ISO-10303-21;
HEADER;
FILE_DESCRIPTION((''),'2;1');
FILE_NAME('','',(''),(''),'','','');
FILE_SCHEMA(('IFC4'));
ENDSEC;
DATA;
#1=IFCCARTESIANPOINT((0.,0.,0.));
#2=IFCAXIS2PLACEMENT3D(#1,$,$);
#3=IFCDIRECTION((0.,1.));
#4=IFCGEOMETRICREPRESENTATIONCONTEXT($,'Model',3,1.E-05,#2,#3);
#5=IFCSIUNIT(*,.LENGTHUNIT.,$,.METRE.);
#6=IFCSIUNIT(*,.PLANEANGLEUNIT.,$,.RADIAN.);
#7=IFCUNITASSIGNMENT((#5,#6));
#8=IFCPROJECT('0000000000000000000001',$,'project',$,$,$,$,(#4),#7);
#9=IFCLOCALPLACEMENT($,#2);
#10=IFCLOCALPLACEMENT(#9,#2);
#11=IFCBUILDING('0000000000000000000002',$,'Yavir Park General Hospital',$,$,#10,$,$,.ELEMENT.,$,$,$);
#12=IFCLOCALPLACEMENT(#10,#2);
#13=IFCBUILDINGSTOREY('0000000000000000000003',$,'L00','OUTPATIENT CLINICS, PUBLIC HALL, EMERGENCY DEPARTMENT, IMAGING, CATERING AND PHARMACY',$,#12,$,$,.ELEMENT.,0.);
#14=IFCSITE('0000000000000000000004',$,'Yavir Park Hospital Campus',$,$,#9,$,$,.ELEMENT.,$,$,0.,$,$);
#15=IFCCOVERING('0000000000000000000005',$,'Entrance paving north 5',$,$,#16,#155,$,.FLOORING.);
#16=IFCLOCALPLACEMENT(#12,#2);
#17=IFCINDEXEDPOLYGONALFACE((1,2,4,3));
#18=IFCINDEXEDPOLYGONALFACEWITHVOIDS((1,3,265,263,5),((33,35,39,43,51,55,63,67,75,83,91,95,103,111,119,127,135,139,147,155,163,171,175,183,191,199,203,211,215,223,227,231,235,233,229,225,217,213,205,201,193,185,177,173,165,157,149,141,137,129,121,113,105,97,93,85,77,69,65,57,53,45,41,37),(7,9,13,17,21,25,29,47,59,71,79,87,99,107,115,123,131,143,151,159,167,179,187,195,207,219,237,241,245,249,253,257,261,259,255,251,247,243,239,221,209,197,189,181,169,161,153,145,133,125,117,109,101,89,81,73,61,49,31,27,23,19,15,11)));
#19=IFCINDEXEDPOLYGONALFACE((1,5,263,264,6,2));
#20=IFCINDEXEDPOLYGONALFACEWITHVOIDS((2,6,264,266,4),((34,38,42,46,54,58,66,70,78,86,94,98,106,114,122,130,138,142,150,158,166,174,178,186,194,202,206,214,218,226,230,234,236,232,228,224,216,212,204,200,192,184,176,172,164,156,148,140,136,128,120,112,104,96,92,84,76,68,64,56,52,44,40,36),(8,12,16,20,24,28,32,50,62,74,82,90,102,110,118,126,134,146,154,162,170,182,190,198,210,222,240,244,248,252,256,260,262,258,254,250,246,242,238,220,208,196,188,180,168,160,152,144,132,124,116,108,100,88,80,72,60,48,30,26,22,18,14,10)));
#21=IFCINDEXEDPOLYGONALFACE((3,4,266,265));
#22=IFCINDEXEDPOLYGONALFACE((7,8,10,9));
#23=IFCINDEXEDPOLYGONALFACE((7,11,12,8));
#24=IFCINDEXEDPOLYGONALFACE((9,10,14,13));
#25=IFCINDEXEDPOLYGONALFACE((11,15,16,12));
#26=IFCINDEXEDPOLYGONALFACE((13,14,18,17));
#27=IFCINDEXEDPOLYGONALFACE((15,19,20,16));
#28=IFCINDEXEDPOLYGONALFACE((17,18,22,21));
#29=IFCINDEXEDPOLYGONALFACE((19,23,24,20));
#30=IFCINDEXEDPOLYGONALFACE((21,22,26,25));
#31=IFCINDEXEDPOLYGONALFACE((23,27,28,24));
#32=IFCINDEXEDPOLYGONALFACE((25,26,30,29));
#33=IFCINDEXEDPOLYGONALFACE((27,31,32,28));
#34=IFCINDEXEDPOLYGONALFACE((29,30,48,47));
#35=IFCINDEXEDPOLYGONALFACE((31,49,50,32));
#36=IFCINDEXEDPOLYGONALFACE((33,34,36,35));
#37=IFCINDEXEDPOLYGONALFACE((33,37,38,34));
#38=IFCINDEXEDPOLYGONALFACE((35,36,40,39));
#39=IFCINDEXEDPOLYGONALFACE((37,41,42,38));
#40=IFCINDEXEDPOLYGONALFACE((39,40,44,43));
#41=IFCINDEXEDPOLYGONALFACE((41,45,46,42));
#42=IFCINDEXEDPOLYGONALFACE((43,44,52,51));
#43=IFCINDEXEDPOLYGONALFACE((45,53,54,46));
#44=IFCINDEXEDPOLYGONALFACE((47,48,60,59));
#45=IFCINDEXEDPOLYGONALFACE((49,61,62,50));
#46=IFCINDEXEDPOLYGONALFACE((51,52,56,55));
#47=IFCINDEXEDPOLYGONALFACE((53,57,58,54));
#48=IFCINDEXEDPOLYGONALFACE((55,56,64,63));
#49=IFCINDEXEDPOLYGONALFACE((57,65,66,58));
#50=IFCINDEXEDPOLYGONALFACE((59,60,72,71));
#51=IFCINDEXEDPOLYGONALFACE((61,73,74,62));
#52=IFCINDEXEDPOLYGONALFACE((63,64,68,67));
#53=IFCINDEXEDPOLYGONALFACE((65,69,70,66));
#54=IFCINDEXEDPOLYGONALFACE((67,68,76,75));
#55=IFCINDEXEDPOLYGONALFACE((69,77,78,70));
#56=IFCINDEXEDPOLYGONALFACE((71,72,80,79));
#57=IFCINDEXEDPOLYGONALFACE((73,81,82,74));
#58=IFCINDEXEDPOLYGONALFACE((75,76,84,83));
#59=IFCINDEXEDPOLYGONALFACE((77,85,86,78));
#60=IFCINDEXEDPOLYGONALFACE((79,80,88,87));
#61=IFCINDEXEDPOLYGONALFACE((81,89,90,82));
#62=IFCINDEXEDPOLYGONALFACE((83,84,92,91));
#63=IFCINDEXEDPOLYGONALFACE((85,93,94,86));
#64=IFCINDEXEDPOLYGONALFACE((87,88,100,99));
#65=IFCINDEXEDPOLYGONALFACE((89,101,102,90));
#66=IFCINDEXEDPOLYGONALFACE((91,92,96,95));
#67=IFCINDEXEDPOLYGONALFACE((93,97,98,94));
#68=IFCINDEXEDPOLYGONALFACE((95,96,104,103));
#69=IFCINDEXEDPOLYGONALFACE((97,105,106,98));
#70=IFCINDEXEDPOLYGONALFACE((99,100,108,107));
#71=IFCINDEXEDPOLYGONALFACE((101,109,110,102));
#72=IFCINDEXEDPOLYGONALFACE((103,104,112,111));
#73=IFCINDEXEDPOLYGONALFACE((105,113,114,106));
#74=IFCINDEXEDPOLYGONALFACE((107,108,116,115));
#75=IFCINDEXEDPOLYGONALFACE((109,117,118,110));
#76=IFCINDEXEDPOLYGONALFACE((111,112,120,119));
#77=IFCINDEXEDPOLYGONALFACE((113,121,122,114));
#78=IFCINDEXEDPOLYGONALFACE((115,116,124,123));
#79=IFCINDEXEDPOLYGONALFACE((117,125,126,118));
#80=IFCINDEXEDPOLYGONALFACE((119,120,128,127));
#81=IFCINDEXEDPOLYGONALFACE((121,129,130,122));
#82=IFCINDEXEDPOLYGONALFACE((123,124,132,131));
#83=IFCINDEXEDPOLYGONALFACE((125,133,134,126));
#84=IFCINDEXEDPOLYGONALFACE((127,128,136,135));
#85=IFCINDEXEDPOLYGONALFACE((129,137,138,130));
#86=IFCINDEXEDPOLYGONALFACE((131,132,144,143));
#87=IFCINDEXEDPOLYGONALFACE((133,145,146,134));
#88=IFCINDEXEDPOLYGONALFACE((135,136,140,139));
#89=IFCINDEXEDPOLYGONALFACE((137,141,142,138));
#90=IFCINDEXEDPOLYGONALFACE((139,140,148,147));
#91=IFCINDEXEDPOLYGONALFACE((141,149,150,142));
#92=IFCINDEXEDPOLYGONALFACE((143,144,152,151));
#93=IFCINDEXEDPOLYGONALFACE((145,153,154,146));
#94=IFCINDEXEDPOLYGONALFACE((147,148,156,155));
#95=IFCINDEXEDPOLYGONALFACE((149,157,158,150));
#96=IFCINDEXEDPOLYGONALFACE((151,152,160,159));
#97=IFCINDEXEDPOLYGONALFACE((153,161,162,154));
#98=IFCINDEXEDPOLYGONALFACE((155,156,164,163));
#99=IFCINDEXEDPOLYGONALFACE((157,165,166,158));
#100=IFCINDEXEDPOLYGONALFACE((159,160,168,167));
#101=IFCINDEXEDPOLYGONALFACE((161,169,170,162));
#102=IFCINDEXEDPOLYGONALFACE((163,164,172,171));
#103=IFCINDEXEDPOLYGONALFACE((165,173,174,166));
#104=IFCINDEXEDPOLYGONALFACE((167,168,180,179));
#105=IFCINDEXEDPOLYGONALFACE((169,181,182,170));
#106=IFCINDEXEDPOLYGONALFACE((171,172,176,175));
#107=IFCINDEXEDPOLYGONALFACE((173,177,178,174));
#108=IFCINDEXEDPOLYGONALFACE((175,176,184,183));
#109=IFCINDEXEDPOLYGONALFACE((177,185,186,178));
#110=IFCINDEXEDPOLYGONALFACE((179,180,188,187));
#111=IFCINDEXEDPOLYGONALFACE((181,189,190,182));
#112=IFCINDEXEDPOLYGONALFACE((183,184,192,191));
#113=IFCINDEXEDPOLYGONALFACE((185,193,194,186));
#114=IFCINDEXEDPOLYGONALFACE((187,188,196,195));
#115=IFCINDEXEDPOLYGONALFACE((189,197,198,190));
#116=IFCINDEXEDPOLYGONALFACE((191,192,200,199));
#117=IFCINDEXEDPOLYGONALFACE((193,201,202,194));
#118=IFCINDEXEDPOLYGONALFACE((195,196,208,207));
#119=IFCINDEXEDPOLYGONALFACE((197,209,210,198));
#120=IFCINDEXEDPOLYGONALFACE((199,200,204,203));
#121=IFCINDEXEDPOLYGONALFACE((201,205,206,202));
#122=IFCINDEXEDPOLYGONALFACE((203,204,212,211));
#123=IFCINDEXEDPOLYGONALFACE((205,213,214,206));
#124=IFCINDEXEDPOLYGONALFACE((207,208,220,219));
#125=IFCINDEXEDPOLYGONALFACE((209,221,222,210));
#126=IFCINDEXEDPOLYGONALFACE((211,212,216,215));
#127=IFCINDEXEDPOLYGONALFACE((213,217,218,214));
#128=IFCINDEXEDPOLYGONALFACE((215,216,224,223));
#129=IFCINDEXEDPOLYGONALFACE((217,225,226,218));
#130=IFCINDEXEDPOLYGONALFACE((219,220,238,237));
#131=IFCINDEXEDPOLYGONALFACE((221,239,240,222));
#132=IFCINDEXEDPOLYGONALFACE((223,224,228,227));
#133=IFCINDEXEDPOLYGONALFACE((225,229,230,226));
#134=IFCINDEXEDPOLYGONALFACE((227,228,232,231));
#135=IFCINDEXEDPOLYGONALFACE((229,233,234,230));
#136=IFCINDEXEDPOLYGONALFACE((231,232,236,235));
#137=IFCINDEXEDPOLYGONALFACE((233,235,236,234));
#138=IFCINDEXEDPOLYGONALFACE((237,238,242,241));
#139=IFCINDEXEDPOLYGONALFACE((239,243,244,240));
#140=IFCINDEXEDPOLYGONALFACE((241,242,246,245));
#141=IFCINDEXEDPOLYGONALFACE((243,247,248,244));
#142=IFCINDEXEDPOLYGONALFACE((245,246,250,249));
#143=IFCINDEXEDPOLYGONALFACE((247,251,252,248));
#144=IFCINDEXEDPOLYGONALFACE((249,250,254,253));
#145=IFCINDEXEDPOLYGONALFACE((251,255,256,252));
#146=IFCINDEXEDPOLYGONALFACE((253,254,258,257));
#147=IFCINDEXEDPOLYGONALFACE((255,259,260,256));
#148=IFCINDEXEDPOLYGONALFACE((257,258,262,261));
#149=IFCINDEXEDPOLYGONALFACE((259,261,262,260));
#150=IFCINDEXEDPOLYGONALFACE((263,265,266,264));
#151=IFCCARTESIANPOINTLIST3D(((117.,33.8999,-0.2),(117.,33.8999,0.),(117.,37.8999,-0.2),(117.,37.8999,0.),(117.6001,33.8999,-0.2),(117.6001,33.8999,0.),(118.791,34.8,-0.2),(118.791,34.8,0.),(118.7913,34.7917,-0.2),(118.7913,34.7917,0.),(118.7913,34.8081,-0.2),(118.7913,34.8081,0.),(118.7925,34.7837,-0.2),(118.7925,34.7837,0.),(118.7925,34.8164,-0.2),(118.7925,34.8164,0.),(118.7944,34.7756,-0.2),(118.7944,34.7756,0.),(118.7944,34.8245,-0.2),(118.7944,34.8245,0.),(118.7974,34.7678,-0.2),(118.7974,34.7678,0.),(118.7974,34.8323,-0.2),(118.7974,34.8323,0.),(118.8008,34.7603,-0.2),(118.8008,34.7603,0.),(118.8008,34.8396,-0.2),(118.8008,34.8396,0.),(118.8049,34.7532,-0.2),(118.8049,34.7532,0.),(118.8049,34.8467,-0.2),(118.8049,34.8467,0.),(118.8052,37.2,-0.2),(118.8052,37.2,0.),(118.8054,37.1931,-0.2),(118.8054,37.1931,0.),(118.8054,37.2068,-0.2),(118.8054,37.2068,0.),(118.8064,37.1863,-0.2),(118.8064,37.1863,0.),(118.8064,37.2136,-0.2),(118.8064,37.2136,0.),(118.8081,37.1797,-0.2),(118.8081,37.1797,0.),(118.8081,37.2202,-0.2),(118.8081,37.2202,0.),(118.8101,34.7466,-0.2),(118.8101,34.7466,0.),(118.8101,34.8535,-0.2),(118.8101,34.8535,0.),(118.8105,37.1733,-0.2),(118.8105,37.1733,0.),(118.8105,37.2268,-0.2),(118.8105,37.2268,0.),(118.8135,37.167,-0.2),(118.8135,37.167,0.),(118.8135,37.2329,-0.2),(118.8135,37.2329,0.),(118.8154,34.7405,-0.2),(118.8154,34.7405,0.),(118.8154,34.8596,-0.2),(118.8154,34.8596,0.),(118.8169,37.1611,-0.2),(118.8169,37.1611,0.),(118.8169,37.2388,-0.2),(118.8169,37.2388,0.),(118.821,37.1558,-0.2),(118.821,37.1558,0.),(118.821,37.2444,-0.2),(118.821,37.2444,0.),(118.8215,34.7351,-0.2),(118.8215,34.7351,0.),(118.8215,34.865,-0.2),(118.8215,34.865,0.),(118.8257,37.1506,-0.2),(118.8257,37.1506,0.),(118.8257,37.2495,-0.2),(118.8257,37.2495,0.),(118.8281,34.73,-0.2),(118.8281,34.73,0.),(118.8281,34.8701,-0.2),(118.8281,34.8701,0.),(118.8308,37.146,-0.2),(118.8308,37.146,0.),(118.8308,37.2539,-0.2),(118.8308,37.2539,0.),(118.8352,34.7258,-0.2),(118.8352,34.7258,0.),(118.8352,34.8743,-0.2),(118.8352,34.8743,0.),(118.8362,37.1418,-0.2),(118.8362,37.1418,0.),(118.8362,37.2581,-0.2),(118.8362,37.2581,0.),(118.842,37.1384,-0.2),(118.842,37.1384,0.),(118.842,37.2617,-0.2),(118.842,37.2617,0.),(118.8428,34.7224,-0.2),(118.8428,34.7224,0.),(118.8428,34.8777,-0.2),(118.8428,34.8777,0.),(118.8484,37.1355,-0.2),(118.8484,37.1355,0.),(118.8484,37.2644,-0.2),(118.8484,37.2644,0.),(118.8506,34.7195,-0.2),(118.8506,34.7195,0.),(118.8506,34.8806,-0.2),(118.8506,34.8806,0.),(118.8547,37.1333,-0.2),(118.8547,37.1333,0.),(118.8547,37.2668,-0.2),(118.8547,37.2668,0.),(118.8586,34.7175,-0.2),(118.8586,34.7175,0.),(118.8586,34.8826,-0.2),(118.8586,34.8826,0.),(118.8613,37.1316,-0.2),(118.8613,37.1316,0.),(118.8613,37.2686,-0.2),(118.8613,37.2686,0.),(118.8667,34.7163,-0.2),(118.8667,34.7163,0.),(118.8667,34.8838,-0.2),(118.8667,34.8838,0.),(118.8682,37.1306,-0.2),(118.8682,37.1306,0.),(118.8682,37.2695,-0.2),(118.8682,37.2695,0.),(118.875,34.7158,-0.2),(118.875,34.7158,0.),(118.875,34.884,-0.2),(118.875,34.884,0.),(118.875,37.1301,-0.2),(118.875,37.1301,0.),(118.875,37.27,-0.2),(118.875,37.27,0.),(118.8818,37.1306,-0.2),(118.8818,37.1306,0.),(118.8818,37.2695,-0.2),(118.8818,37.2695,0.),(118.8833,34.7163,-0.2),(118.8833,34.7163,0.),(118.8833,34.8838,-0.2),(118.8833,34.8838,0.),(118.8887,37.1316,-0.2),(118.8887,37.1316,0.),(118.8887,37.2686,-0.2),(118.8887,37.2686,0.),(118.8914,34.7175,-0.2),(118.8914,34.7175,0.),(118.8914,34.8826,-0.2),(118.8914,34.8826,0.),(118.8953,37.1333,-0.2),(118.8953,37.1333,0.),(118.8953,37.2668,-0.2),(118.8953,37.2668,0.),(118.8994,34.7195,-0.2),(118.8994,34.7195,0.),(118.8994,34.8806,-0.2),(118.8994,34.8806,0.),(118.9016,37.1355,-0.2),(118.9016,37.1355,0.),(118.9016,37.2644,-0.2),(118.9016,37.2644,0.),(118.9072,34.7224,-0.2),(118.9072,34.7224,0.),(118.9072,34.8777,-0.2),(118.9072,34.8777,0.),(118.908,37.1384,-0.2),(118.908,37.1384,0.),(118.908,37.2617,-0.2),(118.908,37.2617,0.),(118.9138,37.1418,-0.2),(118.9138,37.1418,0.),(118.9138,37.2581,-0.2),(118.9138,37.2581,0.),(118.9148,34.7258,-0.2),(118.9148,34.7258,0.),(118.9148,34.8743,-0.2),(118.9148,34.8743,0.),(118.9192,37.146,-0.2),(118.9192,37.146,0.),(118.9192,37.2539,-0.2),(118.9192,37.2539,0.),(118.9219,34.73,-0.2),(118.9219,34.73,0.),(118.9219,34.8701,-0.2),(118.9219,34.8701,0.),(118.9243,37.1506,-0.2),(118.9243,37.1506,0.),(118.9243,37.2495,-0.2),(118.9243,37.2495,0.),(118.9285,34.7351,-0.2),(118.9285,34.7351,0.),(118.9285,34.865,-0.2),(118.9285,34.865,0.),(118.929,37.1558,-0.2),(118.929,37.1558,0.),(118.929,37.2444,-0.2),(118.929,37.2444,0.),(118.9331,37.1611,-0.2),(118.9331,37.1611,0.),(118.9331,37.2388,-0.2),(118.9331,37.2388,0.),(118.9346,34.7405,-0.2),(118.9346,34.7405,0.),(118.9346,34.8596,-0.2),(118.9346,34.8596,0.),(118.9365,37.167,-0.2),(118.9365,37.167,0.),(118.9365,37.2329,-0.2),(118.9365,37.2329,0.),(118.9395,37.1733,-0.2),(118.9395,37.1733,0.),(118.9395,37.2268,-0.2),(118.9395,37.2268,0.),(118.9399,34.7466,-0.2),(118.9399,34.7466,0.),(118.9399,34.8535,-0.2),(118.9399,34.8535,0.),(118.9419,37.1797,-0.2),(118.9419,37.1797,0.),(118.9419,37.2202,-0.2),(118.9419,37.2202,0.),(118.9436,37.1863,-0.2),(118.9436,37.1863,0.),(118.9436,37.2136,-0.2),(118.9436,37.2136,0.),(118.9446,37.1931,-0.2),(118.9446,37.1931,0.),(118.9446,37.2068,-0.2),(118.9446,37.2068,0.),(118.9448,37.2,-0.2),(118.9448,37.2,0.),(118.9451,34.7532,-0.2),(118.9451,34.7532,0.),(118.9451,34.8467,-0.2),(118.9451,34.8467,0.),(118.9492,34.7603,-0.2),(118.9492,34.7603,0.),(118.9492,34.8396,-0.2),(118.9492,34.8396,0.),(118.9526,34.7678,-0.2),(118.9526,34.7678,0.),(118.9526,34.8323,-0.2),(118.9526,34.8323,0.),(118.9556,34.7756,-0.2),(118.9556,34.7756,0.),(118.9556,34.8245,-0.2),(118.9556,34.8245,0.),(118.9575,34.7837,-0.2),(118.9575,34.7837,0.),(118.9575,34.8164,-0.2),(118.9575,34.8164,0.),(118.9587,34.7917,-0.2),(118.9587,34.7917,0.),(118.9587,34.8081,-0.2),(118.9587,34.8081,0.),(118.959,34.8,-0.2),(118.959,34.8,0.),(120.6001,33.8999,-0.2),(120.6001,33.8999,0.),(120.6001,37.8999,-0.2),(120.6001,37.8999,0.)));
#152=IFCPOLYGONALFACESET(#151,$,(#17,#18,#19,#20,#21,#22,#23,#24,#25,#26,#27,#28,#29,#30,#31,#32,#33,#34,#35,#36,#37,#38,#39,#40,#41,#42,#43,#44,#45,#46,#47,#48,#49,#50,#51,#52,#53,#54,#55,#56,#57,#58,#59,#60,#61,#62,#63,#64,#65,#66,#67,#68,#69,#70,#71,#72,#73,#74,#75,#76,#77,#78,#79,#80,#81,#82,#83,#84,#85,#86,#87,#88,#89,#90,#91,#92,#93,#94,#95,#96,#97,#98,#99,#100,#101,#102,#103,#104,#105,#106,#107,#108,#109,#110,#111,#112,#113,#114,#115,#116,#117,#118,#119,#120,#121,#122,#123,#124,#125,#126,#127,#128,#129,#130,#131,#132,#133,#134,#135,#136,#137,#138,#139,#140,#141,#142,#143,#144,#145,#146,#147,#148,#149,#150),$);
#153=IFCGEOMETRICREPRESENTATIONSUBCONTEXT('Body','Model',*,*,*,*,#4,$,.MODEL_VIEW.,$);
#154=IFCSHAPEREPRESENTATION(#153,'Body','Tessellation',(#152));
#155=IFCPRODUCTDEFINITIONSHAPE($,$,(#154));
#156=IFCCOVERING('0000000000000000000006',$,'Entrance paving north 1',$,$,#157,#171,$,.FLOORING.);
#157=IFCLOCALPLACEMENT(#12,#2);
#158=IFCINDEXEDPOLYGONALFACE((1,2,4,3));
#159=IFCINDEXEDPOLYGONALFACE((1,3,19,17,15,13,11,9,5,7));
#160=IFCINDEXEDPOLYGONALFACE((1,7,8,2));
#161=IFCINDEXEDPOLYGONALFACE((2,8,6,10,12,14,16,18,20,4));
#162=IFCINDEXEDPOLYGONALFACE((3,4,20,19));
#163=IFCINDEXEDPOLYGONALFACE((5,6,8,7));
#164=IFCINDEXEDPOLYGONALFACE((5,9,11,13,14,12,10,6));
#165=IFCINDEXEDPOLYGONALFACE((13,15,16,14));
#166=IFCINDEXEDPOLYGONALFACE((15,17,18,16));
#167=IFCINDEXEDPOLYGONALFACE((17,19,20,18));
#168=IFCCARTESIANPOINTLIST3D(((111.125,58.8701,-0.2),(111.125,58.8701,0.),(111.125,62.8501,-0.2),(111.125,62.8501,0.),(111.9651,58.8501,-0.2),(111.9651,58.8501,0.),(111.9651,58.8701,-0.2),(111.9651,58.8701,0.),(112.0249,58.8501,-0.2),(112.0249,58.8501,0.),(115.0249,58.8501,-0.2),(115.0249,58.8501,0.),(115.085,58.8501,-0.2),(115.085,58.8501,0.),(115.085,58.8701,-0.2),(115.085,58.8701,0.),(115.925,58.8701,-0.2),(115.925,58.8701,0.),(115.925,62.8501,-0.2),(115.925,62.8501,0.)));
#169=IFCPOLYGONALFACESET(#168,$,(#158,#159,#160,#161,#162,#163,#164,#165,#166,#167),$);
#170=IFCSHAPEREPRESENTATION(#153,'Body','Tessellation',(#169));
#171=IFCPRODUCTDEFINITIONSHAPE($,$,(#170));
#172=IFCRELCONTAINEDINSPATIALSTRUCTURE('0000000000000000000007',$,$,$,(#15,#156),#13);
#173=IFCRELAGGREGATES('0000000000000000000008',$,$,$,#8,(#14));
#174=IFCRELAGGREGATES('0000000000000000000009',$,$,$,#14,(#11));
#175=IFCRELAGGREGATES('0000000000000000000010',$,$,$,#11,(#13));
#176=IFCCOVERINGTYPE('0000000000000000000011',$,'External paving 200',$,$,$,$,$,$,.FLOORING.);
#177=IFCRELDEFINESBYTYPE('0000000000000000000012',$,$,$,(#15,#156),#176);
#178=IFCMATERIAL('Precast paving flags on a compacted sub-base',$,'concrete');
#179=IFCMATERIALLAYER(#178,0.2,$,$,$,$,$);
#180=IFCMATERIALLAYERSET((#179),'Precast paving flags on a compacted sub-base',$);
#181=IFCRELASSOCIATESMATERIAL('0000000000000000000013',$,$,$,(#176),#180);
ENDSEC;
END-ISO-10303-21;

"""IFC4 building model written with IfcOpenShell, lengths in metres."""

from ifc_helpers import new_model, si_unit, direction, frame, origin, place, context, subcontext, project, spatial, polyline, outline, extrude, material, layer, layer_set, type_object, element, save


model = new_model("IFC4")

# Units and contexts
model_context = context("Model", 3, precision=1e-05, world=origin(), true_north=direction((0.0, 1.0)))
body_context = subcontext(model_context, "Body", "Model", "MODEL_VIEW")
ifc_project = project(units=[si_unit("LENGTHUNIT", "METRE"), si_unit("PLANEANGLEUNIT", "RADIAN")], contexts=[model_context])

# Site, building, storey
site_placement = place(None, origin())
site = spatial("IfcSite", under=ifc_project, at=site_placement, Name="Yavir Park Hospital Campus", CompositionType="ELEMENT", RefElevation=0.0)
building_placement = place(site_placement, origin())
building = spatial("IfcBuilding", under=site, at=building_placement, Name="Yavir Park General Hospital", CompositionType="ELEMENT")
storey_placement = place(building_placement, origin())
storey = spatial("IfcBuildingStorey", under=building, at=storey_placement, Name="L00", Description="OUTPATIENT CLINICS, PUBLIC HALL, EMERGENCY DEPARTMENT, IMAGING, CATERING AND PHARMACY", CompositionType="ELEMENT", Elevation=0.0)

# Coverings
ifc_material_1 = material(Name="Precast paving flags on a compacted sub-base", Category="concrete")
ifc_layer_1 = layer(ifc_material_1, 0.2)
ifc_layer_set_1 = layer_set([ifc_layer_1], Name="Precast paving flags on a compacted sub-base")
covering_type = type_object("IfcCoveringType", Name="External paving 200", PredefinedType="FLOORING", material=ifc_layer_set_1)
covering_1_placement = place(storey_placement, frame((0.0, 0.0, -0.2)))
element("IfcCovering", 1, at=covering_1_placement, inside=storey, type_object=covering_type, Name="Entrance paving north 5", PredefinedType="FLOORING", context=body_context, shape_type="SweptSolid", body=[
    extrude(outline(polyline([(120.6001, 37.8999), (120.6001, 33.8999), (117.6001, 33.8999), (117.0, 33.8999), (117.0, 37.8999), (120.6001, 37.8999)]), holes=[polyline([(118.9243, 37.2495), (118.9192, 37.2539), (118.9138, 37.2581), (118.908, 37.2617), (118.9016, 37.2644), (118.8953, 37.2668), (118.8887, 37.2686), (118.8818, 37.2695), (118.875, 37.27), (118.8682, 37.2695), (118.8613, 37.2686), (118.8547, 37.2668), (118.8484, 37.2644), (118.842, 37.2617), (118.8362, 37.2581), (118.8308, 37.2539), (118.8257, 37.2495), (118.821, 37.2444), (118.8169, 37.2388), (118.8135, 37.2329), (118.8105, 37.2268), (118.8081, 37.2202), (118.8064, 37.2136), (118.8054, 37.2068), (118.8052, 37.2), (118.8054, 37.1931), (118.8064, 37.1863), (118.8081, 37.1797), (118.8105, 37.1733), (118.8135, 37.167), (118.8169, 37.1611), (118.821, 37.1558), (118.8257, 37.1506), (118.8308, 37.146), (118.8362, 37.1418), (118.842, 37.1384), (118.8484, 37.1355), (118.8547, 37.1333), (118.8613, 37.1316), (118.8682, 37.1306), (118.875, 37.1301), (118.8818, 37.1306), (118.8887, 37.1316), (118.8953, 37.1333), (118.9016, 37.1355), (118.908, 37.1384), (118.9138, 37.1418), (118.9192, 37.146), (118.9243, 37.1506), (118.929, 37.1558), (118.9331, 37.1611), (118.9365, 37.167), (118.9395, 37.1733), (118.9419, 37.1797), (118.9436, 37.1863), (118.9446, 37.1931), (118.9448, 37.2), (118.9446, 37.2068), (118.9436, 37.2136), (118.9419, 37.2202), (118.9395, 37.2268), (118.9365, 37.2329), (118.9331, 37.2388), (118.929, 37.2444), (118.9243, 37.2495)]), polyline([(118.9399, 34.8535), (118.9346, 34.8596), (118.9285, 34.865), (118.9219, 34.8701), (118.9148, 34.8743), (118.9072, 34.8777), (118.8994, 34.8806), (118.8914, 34.8826), (118.8833, 34.8838), (118.875, 34.884), (118.8667, 34.8838), (118.8586, 34.8826), (118.8506, 34.8806), (118.8428, 34.8777), (118.8352, 34.8743), (118.8281, 34.8701), (118.8215, 34.865), (118.8154, 34.8596), (118.8101, 34.8535), (118.8049, 34.8467), (118.8008, 34.8396), (118.7974, 34.8323), (118.7944, 34.8245), (118.7925, 34.8164), (118.7913, 34.8081), (118.791, 34.8), (118.7913, 34.7917), (118.7925, 34.7837), (118.7944, 34.7756), (118.7974, 34.7678), (118.8008, 34.7603), (118.8049, 34.7532), (118.8101, 34.7466), (118.8154, 34.7405), (118.8215, 34.7351), (118.8281, 34.73), (118.8352, 34.7258), (118.8428, 34.7224), (118.8506, 34.7195), (118.8586, 34.7175), (118.8667, 34.7163), (118.875, 34.7158), (118.8833, 34.7163), (118.8914, 34.7175), (118.8994, 34.7195), (118.9072, 34.7224), (118.9148, 34.7258), (118.9219, 34.73), (118.9285, 34.7351), (118.9346, 34.7405), (118.9399, 34.7466), (118.9451, 34.7532), (118.9492, 34.7603), (118.9526, 34.7678), (118.9556, 34.7756), (118.9575, 34.7837), (118.9587, 34.7917), (118.959, 34.8), (118.9587, 34.8081), (118.9575, 34.8164), (118.9556, 34.8245), (118.9526, 34.8323), (118.9492, 34.8396), (118.9451, 34.8467), (118.9399, 34.8535)])]), origin(), (0.0, 0.0, 1.0), 0.2),
])
covering_2_placement = place(storey_placement, frame((0.0, 0.0, -0.2)))
element("IfcCovering", 2, at=covering_2_placement, inside=storey, type_object=covering_type, Name="Entrance paving north 1", PredefinedType="FLOORING", context=body_context, shape_type="SweptSolid", body=[
    extrude(outline(polyline([(111.9651, 58.8501), (111.9651, 58.8701), (111.125, 58.8701), (111.125, 62.8501), (115.925, 62.8501), (115.925, 58.8701), (115.085, 58.8701), (115.085, 58.8501), (115.0249, 58.8501), (112.0249, 58.8501), (111.9651, 58.8501)])), origin(), (0.0, 0.0, 1.0), 0.2),
])

save(model, "model.ifc")
